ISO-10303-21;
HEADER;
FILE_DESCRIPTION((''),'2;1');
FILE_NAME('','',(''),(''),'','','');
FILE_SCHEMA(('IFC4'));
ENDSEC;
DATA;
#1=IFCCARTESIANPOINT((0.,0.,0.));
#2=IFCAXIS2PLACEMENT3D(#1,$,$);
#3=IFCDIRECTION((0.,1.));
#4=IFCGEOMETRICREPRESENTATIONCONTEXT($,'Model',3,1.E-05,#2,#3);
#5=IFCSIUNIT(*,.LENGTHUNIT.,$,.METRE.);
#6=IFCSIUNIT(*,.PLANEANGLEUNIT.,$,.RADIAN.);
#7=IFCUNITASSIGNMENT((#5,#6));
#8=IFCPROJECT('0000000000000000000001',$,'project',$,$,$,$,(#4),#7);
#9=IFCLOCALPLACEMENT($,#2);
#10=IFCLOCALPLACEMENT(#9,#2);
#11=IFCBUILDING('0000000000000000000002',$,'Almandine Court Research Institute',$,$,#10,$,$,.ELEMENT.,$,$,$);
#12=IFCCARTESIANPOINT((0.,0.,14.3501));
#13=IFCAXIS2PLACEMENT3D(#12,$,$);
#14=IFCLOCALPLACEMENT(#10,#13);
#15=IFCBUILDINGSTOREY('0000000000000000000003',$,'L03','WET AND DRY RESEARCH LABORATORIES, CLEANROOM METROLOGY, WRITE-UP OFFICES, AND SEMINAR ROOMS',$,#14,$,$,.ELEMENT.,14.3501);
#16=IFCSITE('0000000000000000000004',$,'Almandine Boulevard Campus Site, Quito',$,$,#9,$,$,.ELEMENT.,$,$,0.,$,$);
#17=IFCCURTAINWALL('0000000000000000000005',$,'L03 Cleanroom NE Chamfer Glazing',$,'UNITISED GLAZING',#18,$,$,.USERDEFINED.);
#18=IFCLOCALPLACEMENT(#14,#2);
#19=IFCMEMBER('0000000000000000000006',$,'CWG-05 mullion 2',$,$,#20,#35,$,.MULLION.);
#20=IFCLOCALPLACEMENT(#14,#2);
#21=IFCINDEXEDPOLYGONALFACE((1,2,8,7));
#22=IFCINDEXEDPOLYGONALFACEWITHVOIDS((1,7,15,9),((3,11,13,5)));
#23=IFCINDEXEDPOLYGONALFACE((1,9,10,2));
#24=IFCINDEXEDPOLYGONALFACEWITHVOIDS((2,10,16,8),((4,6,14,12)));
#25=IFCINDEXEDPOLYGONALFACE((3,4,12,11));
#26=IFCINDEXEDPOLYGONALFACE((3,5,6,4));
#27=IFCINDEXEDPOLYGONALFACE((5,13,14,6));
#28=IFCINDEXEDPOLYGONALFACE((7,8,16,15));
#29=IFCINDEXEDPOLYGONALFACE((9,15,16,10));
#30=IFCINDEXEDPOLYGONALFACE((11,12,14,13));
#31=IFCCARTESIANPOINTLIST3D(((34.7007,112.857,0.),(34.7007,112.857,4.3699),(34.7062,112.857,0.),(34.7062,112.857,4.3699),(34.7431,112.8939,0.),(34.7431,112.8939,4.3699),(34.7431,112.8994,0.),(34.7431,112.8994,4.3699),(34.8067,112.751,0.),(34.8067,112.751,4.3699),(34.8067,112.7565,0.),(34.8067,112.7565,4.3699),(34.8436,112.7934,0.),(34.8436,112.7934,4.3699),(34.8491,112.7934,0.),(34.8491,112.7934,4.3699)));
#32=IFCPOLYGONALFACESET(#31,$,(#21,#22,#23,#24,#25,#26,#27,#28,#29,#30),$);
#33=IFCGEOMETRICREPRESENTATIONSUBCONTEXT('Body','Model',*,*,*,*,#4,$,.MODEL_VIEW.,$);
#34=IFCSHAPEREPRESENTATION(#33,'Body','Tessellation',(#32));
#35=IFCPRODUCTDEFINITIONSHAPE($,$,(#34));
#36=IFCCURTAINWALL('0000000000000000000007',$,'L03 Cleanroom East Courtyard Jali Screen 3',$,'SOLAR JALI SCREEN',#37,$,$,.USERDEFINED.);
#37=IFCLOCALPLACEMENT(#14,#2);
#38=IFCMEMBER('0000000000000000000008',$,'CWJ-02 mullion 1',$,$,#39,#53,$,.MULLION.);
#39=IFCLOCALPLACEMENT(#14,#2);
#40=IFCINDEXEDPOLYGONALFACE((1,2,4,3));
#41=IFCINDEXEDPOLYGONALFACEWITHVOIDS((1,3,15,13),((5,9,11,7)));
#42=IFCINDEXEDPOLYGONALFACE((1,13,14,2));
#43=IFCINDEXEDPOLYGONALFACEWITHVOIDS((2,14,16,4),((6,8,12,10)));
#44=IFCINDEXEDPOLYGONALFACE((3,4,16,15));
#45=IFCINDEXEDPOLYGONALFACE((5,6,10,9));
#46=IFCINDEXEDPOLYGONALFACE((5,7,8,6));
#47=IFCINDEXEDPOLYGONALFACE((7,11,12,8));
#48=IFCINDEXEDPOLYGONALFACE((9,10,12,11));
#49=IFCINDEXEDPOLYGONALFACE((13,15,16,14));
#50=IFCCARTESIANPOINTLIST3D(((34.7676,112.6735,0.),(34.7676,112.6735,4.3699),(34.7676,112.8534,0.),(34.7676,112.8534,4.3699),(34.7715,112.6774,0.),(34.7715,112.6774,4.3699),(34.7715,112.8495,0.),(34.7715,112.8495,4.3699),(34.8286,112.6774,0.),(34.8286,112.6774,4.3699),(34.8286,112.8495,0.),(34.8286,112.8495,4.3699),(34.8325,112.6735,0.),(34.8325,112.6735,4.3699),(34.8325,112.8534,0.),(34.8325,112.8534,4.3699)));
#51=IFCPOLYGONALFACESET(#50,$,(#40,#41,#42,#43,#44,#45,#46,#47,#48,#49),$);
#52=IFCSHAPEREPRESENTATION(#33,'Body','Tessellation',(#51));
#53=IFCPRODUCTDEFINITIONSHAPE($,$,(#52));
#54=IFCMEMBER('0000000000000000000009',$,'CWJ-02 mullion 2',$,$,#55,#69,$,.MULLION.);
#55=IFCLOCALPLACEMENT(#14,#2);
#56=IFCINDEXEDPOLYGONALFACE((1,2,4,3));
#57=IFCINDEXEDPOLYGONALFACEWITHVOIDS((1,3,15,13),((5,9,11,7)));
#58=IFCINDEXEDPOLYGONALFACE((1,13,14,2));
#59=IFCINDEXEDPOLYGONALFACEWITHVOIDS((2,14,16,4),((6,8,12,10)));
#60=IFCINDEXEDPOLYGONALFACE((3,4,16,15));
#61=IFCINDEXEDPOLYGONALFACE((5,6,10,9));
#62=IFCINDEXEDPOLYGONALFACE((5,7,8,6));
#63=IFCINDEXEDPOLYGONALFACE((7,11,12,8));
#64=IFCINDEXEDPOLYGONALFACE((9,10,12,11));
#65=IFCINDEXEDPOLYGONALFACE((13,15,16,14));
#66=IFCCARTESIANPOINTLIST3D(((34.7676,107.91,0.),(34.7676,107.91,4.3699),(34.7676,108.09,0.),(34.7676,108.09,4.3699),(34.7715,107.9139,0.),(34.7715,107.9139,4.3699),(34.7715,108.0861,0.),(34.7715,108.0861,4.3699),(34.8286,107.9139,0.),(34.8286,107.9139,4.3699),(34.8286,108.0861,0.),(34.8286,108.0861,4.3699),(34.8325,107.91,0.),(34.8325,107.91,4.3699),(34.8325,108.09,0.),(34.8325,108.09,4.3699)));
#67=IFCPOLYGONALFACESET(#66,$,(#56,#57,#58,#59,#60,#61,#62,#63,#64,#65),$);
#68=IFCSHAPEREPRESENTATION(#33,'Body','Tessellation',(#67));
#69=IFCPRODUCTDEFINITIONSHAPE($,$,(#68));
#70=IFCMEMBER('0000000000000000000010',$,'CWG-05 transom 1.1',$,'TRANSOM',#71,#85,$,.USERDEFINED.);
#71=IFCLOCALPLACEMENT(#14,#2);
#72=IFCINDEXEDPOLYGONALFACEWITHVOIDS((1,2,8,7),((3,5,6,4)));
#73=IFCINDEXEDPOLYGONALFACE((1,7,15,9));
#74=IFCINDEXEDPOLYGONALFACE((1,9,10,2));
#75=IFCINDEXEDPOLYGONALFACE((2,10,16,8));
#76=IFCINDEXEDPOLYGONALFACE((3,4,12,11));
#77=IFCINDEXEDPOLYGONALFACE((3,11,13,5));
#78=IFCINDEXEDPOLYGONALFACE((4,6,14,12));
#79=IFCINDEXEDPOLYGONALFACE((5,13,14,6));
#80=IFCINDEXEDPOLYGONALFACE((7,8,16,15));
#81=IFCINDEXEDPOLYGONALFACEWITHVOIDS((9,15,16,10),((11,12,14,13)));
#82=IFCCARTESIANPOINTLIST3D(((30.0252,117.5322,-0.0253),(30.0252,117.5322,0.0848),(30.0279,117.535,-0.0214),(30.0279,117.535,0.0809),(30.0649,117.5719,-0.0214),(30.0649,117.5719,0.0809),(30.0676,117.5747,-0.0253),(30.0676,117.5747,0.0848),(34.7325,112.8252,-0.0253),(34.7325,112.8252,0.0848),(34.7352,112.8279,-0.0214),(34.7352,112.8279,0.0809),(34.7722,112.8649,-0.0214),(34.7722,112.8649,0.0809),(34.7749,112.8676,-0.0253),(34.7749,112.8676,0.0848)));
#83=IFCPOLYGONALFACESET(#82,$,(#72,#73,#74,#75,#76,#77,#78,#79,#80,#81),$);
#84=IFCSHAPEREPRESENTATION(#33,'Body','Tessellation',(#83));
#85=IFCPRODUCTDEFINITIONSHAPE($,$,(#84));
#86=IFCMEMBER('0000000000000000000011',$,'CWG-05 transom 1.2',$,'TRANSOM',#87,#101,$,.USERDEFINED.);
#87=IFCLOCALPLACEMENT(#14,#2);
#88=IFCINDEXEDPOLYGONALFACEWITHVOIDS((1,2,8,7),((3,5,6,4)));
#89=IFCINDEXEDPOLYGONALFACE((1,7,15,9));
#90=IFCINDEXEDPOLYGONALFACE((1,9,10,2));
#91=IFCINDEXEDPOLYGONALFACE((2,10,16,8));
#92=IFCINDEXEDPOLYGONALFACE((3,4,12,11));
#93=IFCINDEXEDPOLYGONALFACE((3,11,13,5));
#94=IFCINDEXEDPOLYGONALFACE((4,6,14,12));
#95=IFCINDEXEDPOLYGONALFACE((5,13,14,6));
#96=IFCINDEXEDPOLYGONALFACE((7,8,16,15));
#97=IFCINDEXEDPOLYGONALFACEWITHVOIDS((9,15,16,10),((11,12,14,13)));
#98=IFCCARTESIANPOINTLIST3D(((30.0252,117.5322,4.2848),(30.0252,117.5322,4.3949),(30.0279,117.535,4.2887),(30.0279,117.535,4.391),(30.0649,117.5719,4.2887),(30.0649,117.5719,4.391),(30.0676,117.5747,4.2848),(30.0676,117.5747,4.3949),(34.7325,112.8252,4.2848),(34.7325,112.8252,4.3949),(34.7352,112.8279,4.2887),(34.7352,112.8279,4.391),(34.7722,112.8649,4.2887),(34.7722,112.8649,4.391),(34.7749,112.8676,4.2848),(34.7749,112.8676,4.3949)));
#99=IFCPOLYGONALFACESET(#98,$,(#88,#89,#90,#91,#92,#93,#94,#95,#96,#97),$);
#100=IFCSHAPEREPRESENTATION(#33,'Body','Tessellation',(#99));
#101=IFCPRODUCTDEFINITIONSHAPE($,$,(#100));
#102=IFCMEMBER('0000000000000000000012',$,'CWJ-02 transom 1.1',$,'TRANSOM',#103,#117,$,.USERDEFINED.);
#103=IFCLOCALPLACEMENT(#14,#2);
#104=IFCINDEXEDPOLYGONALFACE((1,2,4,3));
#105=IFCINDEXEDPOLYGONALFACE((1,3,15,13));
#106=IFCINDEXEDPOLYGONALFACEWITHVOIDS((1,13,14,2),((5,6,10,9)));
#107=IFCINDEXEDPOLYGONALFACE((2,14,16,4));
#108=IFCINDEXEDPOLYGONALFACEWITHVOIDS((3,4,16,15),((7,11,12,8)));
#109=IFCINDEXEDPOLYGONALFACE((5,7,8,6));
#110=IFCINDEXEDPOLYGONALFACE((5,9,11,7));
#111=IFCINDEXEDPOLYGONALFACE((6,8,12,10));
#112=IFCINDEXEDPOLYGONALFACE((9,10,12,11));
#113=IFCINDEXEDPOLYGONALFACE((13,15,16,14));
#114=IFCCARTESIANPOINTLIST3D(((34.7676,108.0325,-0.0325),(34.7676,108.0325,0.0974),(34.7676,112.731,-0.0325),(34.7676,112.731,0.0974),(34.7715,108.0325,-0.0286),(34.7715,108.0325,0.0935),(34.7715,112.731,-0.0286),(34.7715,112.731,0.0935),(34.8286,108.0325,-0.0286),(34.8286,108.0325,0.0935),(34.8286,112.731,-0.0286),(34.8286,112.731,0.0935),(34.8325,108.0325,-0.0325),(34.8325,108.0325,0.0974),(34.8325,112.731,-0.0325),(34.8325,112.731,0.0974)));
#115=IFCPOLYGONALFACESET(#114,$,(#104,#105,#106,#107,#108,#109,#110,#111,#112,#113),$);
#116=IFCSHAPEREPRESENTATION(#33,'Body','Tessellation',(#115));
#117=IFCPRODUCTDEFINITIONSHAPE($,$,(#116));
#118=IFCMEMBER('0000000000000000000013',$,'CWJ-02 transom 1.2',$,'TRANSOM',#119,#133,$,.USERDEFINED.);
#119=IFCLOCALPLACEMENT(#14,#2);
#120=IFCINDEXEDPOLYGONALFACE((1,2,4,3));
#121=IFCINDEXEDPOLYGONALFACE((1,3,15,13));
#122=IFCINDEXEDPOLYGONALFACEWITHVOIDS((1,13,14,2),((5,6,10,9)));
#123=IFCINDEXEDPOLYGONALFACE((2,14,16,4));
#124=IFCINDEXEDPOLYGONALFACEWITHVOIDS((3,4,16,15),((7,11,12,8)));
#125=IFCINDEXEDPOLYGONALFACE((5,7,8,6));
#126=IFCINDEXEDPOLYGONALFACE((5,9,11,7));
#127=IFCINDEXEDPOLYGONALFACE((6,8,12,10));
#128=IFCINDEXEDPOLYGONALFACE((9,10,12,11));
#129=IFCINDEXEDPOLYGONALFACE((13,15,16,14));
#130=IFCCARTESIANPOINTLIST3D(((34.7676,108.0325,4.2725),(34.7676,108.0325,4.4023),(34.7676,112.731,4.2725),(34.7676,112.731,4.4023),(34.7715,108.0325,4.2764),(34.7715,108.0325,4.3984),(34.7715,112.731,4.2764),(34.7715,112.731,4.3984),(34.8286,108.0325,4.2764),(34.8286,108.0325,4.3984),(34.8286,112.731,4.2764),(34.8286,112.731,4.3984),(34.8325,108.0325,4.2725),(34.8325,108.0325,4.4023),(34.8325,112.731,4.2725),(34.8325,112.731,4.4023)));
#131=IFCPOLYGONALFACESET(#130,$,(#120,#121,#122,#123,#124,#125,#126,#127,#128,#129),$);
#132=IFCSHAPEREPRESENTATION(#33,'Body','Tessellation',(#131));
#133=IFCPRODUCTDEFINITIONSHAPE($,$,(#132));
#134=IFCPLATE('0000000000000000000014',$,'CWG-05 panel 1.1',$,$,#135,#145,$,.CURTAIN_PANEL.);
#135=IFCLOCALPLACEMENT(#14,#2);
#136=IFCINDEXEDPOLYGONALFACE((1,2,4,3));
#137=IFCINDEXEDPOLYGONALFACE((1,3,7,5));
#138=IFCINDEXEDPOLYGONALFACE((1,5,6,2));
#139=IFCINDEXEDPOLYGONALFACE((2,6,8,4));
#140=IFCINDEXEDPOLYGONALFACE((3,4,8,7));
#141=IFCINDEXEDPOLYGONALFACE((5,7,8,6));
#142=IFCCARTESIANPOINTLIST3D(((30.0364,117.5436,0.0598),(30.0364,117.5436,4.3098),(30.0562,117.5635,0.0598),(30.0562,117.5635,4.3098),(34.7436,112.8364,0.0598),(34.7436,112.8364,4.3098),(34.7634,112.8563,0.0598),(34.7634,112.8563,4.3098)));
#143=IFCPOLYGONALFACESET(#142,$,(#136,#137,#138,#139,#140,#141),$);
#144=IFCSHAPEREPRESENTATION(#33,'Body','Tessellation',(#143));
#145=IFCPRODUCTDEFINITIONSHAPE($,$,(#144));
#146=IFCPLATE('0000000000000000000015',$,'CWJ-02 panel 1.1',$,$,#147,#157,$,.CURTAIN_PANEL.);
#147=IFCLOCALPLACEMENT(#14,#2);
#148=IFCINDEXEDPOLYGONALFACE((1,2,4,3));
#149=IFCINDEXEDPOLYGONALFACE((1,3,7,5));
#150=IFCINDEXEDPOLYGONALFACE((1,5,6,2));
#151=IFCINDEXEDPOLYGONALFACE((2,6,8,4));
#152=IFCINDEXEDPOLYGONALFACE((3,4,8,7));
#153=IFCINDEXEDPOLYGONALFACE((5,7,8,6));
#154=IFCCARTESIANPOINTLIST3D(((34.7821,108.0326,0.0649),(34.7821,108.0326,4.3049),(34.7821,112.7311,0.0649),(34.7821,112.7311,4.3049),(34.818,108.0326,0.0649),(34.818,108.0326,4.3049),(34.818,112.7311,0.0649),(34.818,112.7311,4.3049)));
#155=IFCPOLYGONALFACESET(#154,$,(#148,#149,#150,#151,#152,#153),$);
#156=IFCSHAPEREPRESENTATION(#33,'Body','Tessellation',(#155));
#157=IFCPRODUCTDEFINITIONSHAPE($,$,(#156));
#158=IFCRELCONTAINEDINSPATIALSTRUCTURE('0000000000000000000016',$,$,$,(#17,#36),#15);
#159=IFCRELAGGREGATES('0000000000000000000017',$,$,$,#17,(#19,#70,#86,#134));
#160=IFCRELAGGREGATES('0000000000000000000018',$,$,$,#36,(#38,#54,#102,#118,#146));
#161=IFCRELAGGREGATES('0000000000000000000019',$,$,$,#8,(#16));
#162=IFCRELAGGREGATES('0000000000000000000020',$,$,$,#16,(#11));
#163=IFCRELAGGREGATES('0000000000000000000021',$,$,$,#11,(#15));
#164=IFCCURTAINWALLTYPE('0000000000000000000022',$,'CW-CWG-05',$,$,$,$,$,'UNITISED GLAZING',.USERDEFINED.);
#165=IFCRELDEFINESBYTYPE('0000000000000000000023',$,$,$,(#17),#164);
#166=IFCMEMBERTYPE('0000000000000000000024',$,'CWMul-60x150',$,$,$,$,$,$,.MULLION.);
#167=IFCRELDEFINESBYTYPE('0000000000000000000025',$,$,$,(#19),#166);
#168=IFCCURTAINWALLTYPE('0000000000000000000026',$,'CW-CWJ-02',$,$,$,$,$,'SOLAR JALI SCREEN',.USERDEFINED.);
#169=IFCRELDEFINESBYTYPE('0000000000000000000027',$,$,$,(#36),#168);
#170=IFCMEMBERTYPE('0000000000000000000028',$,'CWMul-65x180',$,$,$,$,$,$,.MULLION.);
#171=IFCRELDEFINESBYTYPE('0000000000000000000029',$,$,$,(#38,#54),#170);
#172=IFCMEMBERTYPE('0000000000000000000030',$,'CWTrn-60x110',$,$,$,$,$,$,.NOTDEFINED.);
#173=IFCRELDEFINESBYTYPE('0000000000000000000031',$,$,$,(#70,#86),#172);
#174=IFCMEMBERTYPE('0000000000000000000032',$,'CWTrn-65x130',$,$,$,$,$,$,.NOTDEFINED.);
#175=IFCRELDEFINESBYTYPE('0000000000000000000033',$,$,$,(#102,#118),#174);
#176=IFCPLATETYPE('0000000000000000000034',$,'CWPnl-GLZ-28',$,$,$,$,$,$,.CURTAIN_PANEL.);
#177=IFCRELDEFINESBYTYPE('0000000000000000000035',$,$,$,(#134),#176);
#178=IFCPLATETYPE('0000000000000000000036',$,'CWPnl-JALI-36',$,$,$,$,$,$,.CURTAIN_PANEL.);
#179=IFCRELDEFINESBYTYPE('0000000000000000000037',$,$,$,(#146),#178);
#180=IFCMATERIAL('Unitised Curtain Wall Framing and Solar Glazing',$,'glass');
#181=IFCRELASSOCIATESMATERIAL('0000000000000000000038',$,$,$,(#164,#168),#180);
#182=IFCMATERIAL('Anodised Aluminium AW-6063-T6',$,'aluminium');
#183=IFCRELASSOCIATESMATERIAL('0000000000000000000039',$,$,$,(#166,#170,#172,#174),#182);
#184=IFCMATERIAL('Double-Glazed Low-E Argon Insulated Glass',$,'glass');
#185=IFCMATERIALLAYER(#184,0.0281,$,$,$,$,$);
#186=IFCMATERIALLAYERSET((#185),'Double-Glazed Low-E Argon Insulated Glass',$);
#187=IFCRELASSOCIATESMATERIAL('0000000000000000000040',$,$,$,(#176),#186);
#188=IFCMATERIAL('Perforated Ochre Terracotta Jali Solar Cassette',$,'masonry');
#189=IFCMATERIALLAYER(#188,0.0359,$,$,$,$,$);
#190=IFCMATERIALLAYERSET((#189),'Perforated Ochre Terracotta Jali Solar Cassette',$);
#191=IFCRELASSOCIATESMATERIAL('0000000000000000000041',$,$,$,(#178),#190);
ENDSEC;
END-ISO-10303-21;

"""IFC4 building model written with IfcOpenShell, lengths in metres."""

from ifc_helpers import new_model, si_unit, direction, frame, origin, origin_2d, place, context, subcontext, project, spatial, rectangle, hollow_rectangle, extrude, material, layer, layer_set, material_profile, profile_set, type_object, element, aggregate, save


model = new_model("IFC4")

# Units and contexts
model_context = context("Model", 3, precision=1e-05, world=origin(), true_north=direction((0.0, 1.0)))
body_context = subcontext(model_context, "Body", "Model", "MODEL_VIEW")
ifc_project = project(units=[si_unit("LENGTHUNIT", "METRE"), si_unit("PLANEANGLEUNIT", "RADIAN")], contexts=[model_context])

# Site, building, storey
site_placement = place(None, origin())
site = spatial("IfcSite", under=ifc_project, at=site_placement, Name="Almandine Boulevard Campus Site, Quito", CompositionType="ELEMENT", RefElevation=0.0)
building_placement = place(site_placement, origin())
building = spatial("IfcBuilding", under=site, at=building_placement, Name="Almandine Court Research Institute", CompositionType="ELEMENT")
storey_placement = place(building_placement, frame((0.0, 0.0, 14.3501)))
storey = spatial("IfcBuildingStorey", under=building, at=storey_placement, Name="L03", Description="WET AND DRY RESEARCH LABORATORIES, CLEANROOM METROLOGY, WRITE-UP OFFICES, AND SEMINAR ROOMS", CompositionType="ELEMENT", Elevation=14.3501)

# Curtain walls, members
ifc_material_1 = material(Name="Unitised Curtain Wall Framing and Solar Glazing", Category="glass")
curtain_wall_type_1 = type_object("IfcCurtainWallType", Name="CW-CWG-05", ElementType="UNITISED GLAZING", PredefinedType="USERDEFINED", material=ifc_material_1)
curtain_wall_1_placement = place(storey_placement, origin())
curtain_wall_1 = element("IfcCurtainWall", 1, at=curtain_wall_1_placement, inside=storey, type_object=curtain_wall_type_1, Name="L03 Cleanroom NE Chamfer Glazing", ObjectType="UNITISED GLAZING", PredefinedType="USERDEFINED")
ifc_material_2 = material(Name="Anodised Aluminium AW-6063-T6", Category="aluminium")
ifc_material_profile_1 = material_profile(ifc_material_2, hollow_rectangle(XDim=0.0601, YDim=0.1499, WallThickness=0.0039, at=origin_2d()), Name="ALU RHS 60x150x4")
ifc_profile_set_1 = profile_set([ifc_material_profile_1], Name="Anodised Aluminium AW-6063-T6")
member_type_1 = type_object("IfcMemberType", Name="CWMul-60x150", PredefinedType="MULLION", material=ifc_profile_set_1)
member_1_placement = place(storey_placement, frame((34.7749, 112.8252, 0.0), z_axis=(0.0, 0.0, 1.0), x_axis=(0.707107, 0.707107, 0.0)))
member_1 = element("IfcMember", 2, at=member_1_placement, type_object=member_type_1, Name="CWG-05 mullion 2", PredefinedType="MULLION", context=body_context, shape_type="SweptSolid", body=[
    extrude(hollow_rectangle(XDim=0.0601, YDim=0.1499, WallThickness=0.0039, at=origin_2d()), origin(), (0.0, 0.0, 1.0), 4.3699),
])
curtain_wall_type_2 = type_object("IfcCurtainWallType", Name="CW-CWJ-02", ElementType="SOLAR JALI SCREEN", PredefinedType="USERDEFINED", material=ifc_material_1)
curtain_wall_2_placement = place(storey_placement, origin())
curtain_wall_2 = element("IfcCurtainWall", 3, at=curtain_wall_2_placement, inside=storey, type_object=curtain_wall_type_2, Name="L03 Cleanroom East Courtyard Jali Screen 3", ObjectType="SOLAR JALI SCREEN", PredefinedType="USERDEFINED")
ifc_material_profile_2 = material_profile(ifc_material_2, hollow_rectangle(XDim=0.0649, YDim=0.1799, WallThickness=0.0039, at=origin_2d()), Name="ALU RHS 65x180x4")
ifc_profile_set_2 = profile_set([ifc_material_profile_2], Name="Anodised Aluminium AW-6063-T6")
member_type_2 = type_object("IfcMemberType", Name="CWMul-65x180", PredefinedType="MULLION", material=ifc_profile_set_2)
member_2_placement = place(storey_placement, frame((34.8, 112.7634, 0.0), z_axis=(0.0, 0.0, 1.0), x_axis=(1.0, 0.0, 0.0)))
member_2 = element("IfcMember", 4, at=member_2_placement, type_object=member_type_2, Name="CWJ-02 mullion 1", PredefinedType="MULLION", context=body_context, shape_type="SweptSolid", body=[
    extrude(hollow_rectangle(XDim=0.0649, YDim=0.1799, WallThickness=0.0039, at=origin_2d()), origin(), (0.0, 0.0, 1.0), 4.3699),
])
member_3_placement = place(storey_placement, frame((34.8, 108.0, 0.0), z_axis=(0.0, 0.0, 1.0), x_axis=(1.0, 0.0, 0.0)))
member_3 = element("IfcMember", 5, at=member_3_placement, type_object=member_type_2, Name="CWJ-02 mullion 2", PredefinedType="MULLION", context=body_context, shape_type="SweptSolid", body=[
    extrude(hollow_rectangle(XDim=0.0649, YDim=0.1799, WallThickness=0.0039, at=origin_2d()), origin(), (0.0, 0.0, 1.0), 4.3699),
])

# Members
ifc_material_profile_3 = material_profile(ifc_material_2, hollow_rectangle(XDim=0.0601, YDim=0.1101, WallThickness=0.0039, at=origin_2d()), Name="ALU RHS 60x110x4")
ifc_profile_set_3 = profile_set([ifc_material_profile_3], Name="Anodised Aluminium AW-6063-T6")
member_type_3 = type_object("IfcMemberType", Name="CWTrn-60x110", PredefinedType="NOTDEFINED", material=ifc_profile_set_3)
member_4_placement = place(storey_placement, frame((30.0464, 117.5535, 0.0298), z_axis=(0.707125, -0.707088, 0.0), x_axis=(0.707088, 0.707125, 0.0)))
member_4 = element("IfcMember", 6, at=member_4_placement, type_object=member_type_3, Name="CWG-05 transom 1.1", ObjectType="TRANSOM", PredefinedType="USERDEFINED", context=body_context, shape_type="SweptSolid", body=[
    extrude(hollow_rectangle(XDim=0.0601, YDim=0.1101, WallThickness=0.0039, at=origin_2d()), origin(), (0.0, 0.0, 1.0), 6.657),
])
member_5_placement = place(storey_placement, frame((30.0464, 117.5535, 4.3398), z_axis=(0.707125, -0.707088, 0.0), x_axis=(0.707088, 0.707125, 0.0)))
member_5 = element("IfcMember", 7, at=member_5_placement, type_object=member_type_3, Name="CWG-05 transom 1.2", ObjectType="TRANSOM", PredefinedType="USERDEFINED", context=body_context, shape_type="SweptSolid", body=[
    extrude(hollow_rectangle(XDim=0.0601, YDim=0.1101, WallThickness=0.0039, at=origin_2d()), origin(), (0.0, 0.0, 1.0), 6.657),
])
ifc_material_profile_4 = material_profile(ifc_material_2, hollow_rectangle(XDim=0.0649, YDim=0.1299, WallThickness=0.0039, at=origin_2d()), Name="ALU RHS 65x130x4")
ifc_profile_set_4 = profile_set([ifc_material_profile_4], Name="Anodised Aluminium AW-6063-T6")
member_type_4 = type_object("IfcMemberType", Name="CWTrn-65x130", PredefinedType="NOTDEFINED", material=ifc_profile_set_4)
member_6_placement = place(storey_placement, frame((34.8, 112.731, 0.0325), z_axis=(0.0, -1.0, 0.0), x_axis=(1.0, 0.0, 0.0)))
member_6 = element("IfcMember", 8, at=member_6_placement, type_object=member_type_4, Name="CWJ-02 transom 1.1", ObjectType="TRANSOM", PredefinedType="USERDEFINED", context=body_context, shape_type="SweptSolid", body=[
    extrude(hollow_rectangle(XDim=0.0649, YDim=0.1299, WallThickness=0.0039, at=origin_2d()), origin(), (0.0, 0.0, 1.0), 4.6985),
])
member_7_placement = place(storey_placement, frame((34.8, 112.731, 4.3374), z_axis=(0.0, -1.0, 0.0), x_axis=(1.0, 0.0, 0.0)))
member_7 = element("IfcMember", 9, at=member_7_placement, type_object=member_type_4, Name="CWJ-02 transom 1.2", ObjectType="TRANSOM", PredefinedType="USERDEFINED", context=body_context, shape_type="SweptSolid", body=[
    extrude(hollow_rectangle(XDim=0.0649, YDim=0.1299, WallThickness=0.0039, at=origin_2d()), origin(), (0.0, 0.0, 1.0), 4.6985),
])

# Plates
ifc_material_3 = material(Name="Double-Glazed Low-E Argon Insulated Glass", Category="glass")
ifc_layer_1 = layer(ifc_material_3, 0.0281)
ifc_layer_set_1 = layer_set([ifc_layer_1], Name="Double-Glazed Low-E Argon Insulated Glass")
plate_type_1 = type_object("IfcPlateType", Name="CWPnl-GLZ-28", PredefinedType="CURTAIN_PANEL", material=ifc_layer_set_1)
plate_1_placement = place(storey_placement, frame((32.3999, 115.2, 0.0598), z_axis=(0.0, 0.0, 1.0), x_axis=(0.707107, -0.707107, 0.0)))
plate_1 = element("IfcPlate", 10, at=plate_1_placement, type_object=plate_type_1, Name="CWG-05 panel 1.1", PredefinedType="CURTAIN_PANEL", context=body_context, shape_type="SweptSolid", body=[
    extrude(rectangle(XDim=6.657, YDim=0.0281, at=origin_2d()), origin(), (0.0, 0.0, 1.0), 4.25),
])
aggregate(curtain_wall_1, [member_1, member_4, member_5, plate_1])
ifc_material_4 = material(Name="Perforated Ochre Terracotta Jali Solar Cassette", Category="masonry")
ifc_layer_2 = layer(ifc_material_4, 0.0359)
ifc_layer_set_2 = layer_set([ifc_layer_2], Name="Perforated Ochre Terracotta Jali Solar Cassette")
plate_type_2 = type_object("IfcPlateType", Name="CWPnl-JALI-36", PredefinedType="CURTAIN_PANEL", material=ifc_layer_set_2)
plate_2_placement = place(storey_placement, frame((34.8, 110.3818, 0.0649), z_axis=(0.0, 0.0, 1.0), x_axis=(0.0, -1.0, 0.0)))
plate_2 = element("IfcPlate", 11, at=plate_2_placement, type_object=plate_type_2, Name="CWJ-02 panel 1.1", PredefinedType="CURTAIN_PANEL", context=body_context, shape_type="SweptSolid", body=[
    extrude(rectangle(XDim=4.6985, YDim=0.0359, at=origin_2d()), origin(), (0.0, 0.0, 1.0), 4.24),
])
aggregate(curtain_wall_2, [member_2, member_3, member_6, member_7, plate_2])

save(model, "model.ifc")
